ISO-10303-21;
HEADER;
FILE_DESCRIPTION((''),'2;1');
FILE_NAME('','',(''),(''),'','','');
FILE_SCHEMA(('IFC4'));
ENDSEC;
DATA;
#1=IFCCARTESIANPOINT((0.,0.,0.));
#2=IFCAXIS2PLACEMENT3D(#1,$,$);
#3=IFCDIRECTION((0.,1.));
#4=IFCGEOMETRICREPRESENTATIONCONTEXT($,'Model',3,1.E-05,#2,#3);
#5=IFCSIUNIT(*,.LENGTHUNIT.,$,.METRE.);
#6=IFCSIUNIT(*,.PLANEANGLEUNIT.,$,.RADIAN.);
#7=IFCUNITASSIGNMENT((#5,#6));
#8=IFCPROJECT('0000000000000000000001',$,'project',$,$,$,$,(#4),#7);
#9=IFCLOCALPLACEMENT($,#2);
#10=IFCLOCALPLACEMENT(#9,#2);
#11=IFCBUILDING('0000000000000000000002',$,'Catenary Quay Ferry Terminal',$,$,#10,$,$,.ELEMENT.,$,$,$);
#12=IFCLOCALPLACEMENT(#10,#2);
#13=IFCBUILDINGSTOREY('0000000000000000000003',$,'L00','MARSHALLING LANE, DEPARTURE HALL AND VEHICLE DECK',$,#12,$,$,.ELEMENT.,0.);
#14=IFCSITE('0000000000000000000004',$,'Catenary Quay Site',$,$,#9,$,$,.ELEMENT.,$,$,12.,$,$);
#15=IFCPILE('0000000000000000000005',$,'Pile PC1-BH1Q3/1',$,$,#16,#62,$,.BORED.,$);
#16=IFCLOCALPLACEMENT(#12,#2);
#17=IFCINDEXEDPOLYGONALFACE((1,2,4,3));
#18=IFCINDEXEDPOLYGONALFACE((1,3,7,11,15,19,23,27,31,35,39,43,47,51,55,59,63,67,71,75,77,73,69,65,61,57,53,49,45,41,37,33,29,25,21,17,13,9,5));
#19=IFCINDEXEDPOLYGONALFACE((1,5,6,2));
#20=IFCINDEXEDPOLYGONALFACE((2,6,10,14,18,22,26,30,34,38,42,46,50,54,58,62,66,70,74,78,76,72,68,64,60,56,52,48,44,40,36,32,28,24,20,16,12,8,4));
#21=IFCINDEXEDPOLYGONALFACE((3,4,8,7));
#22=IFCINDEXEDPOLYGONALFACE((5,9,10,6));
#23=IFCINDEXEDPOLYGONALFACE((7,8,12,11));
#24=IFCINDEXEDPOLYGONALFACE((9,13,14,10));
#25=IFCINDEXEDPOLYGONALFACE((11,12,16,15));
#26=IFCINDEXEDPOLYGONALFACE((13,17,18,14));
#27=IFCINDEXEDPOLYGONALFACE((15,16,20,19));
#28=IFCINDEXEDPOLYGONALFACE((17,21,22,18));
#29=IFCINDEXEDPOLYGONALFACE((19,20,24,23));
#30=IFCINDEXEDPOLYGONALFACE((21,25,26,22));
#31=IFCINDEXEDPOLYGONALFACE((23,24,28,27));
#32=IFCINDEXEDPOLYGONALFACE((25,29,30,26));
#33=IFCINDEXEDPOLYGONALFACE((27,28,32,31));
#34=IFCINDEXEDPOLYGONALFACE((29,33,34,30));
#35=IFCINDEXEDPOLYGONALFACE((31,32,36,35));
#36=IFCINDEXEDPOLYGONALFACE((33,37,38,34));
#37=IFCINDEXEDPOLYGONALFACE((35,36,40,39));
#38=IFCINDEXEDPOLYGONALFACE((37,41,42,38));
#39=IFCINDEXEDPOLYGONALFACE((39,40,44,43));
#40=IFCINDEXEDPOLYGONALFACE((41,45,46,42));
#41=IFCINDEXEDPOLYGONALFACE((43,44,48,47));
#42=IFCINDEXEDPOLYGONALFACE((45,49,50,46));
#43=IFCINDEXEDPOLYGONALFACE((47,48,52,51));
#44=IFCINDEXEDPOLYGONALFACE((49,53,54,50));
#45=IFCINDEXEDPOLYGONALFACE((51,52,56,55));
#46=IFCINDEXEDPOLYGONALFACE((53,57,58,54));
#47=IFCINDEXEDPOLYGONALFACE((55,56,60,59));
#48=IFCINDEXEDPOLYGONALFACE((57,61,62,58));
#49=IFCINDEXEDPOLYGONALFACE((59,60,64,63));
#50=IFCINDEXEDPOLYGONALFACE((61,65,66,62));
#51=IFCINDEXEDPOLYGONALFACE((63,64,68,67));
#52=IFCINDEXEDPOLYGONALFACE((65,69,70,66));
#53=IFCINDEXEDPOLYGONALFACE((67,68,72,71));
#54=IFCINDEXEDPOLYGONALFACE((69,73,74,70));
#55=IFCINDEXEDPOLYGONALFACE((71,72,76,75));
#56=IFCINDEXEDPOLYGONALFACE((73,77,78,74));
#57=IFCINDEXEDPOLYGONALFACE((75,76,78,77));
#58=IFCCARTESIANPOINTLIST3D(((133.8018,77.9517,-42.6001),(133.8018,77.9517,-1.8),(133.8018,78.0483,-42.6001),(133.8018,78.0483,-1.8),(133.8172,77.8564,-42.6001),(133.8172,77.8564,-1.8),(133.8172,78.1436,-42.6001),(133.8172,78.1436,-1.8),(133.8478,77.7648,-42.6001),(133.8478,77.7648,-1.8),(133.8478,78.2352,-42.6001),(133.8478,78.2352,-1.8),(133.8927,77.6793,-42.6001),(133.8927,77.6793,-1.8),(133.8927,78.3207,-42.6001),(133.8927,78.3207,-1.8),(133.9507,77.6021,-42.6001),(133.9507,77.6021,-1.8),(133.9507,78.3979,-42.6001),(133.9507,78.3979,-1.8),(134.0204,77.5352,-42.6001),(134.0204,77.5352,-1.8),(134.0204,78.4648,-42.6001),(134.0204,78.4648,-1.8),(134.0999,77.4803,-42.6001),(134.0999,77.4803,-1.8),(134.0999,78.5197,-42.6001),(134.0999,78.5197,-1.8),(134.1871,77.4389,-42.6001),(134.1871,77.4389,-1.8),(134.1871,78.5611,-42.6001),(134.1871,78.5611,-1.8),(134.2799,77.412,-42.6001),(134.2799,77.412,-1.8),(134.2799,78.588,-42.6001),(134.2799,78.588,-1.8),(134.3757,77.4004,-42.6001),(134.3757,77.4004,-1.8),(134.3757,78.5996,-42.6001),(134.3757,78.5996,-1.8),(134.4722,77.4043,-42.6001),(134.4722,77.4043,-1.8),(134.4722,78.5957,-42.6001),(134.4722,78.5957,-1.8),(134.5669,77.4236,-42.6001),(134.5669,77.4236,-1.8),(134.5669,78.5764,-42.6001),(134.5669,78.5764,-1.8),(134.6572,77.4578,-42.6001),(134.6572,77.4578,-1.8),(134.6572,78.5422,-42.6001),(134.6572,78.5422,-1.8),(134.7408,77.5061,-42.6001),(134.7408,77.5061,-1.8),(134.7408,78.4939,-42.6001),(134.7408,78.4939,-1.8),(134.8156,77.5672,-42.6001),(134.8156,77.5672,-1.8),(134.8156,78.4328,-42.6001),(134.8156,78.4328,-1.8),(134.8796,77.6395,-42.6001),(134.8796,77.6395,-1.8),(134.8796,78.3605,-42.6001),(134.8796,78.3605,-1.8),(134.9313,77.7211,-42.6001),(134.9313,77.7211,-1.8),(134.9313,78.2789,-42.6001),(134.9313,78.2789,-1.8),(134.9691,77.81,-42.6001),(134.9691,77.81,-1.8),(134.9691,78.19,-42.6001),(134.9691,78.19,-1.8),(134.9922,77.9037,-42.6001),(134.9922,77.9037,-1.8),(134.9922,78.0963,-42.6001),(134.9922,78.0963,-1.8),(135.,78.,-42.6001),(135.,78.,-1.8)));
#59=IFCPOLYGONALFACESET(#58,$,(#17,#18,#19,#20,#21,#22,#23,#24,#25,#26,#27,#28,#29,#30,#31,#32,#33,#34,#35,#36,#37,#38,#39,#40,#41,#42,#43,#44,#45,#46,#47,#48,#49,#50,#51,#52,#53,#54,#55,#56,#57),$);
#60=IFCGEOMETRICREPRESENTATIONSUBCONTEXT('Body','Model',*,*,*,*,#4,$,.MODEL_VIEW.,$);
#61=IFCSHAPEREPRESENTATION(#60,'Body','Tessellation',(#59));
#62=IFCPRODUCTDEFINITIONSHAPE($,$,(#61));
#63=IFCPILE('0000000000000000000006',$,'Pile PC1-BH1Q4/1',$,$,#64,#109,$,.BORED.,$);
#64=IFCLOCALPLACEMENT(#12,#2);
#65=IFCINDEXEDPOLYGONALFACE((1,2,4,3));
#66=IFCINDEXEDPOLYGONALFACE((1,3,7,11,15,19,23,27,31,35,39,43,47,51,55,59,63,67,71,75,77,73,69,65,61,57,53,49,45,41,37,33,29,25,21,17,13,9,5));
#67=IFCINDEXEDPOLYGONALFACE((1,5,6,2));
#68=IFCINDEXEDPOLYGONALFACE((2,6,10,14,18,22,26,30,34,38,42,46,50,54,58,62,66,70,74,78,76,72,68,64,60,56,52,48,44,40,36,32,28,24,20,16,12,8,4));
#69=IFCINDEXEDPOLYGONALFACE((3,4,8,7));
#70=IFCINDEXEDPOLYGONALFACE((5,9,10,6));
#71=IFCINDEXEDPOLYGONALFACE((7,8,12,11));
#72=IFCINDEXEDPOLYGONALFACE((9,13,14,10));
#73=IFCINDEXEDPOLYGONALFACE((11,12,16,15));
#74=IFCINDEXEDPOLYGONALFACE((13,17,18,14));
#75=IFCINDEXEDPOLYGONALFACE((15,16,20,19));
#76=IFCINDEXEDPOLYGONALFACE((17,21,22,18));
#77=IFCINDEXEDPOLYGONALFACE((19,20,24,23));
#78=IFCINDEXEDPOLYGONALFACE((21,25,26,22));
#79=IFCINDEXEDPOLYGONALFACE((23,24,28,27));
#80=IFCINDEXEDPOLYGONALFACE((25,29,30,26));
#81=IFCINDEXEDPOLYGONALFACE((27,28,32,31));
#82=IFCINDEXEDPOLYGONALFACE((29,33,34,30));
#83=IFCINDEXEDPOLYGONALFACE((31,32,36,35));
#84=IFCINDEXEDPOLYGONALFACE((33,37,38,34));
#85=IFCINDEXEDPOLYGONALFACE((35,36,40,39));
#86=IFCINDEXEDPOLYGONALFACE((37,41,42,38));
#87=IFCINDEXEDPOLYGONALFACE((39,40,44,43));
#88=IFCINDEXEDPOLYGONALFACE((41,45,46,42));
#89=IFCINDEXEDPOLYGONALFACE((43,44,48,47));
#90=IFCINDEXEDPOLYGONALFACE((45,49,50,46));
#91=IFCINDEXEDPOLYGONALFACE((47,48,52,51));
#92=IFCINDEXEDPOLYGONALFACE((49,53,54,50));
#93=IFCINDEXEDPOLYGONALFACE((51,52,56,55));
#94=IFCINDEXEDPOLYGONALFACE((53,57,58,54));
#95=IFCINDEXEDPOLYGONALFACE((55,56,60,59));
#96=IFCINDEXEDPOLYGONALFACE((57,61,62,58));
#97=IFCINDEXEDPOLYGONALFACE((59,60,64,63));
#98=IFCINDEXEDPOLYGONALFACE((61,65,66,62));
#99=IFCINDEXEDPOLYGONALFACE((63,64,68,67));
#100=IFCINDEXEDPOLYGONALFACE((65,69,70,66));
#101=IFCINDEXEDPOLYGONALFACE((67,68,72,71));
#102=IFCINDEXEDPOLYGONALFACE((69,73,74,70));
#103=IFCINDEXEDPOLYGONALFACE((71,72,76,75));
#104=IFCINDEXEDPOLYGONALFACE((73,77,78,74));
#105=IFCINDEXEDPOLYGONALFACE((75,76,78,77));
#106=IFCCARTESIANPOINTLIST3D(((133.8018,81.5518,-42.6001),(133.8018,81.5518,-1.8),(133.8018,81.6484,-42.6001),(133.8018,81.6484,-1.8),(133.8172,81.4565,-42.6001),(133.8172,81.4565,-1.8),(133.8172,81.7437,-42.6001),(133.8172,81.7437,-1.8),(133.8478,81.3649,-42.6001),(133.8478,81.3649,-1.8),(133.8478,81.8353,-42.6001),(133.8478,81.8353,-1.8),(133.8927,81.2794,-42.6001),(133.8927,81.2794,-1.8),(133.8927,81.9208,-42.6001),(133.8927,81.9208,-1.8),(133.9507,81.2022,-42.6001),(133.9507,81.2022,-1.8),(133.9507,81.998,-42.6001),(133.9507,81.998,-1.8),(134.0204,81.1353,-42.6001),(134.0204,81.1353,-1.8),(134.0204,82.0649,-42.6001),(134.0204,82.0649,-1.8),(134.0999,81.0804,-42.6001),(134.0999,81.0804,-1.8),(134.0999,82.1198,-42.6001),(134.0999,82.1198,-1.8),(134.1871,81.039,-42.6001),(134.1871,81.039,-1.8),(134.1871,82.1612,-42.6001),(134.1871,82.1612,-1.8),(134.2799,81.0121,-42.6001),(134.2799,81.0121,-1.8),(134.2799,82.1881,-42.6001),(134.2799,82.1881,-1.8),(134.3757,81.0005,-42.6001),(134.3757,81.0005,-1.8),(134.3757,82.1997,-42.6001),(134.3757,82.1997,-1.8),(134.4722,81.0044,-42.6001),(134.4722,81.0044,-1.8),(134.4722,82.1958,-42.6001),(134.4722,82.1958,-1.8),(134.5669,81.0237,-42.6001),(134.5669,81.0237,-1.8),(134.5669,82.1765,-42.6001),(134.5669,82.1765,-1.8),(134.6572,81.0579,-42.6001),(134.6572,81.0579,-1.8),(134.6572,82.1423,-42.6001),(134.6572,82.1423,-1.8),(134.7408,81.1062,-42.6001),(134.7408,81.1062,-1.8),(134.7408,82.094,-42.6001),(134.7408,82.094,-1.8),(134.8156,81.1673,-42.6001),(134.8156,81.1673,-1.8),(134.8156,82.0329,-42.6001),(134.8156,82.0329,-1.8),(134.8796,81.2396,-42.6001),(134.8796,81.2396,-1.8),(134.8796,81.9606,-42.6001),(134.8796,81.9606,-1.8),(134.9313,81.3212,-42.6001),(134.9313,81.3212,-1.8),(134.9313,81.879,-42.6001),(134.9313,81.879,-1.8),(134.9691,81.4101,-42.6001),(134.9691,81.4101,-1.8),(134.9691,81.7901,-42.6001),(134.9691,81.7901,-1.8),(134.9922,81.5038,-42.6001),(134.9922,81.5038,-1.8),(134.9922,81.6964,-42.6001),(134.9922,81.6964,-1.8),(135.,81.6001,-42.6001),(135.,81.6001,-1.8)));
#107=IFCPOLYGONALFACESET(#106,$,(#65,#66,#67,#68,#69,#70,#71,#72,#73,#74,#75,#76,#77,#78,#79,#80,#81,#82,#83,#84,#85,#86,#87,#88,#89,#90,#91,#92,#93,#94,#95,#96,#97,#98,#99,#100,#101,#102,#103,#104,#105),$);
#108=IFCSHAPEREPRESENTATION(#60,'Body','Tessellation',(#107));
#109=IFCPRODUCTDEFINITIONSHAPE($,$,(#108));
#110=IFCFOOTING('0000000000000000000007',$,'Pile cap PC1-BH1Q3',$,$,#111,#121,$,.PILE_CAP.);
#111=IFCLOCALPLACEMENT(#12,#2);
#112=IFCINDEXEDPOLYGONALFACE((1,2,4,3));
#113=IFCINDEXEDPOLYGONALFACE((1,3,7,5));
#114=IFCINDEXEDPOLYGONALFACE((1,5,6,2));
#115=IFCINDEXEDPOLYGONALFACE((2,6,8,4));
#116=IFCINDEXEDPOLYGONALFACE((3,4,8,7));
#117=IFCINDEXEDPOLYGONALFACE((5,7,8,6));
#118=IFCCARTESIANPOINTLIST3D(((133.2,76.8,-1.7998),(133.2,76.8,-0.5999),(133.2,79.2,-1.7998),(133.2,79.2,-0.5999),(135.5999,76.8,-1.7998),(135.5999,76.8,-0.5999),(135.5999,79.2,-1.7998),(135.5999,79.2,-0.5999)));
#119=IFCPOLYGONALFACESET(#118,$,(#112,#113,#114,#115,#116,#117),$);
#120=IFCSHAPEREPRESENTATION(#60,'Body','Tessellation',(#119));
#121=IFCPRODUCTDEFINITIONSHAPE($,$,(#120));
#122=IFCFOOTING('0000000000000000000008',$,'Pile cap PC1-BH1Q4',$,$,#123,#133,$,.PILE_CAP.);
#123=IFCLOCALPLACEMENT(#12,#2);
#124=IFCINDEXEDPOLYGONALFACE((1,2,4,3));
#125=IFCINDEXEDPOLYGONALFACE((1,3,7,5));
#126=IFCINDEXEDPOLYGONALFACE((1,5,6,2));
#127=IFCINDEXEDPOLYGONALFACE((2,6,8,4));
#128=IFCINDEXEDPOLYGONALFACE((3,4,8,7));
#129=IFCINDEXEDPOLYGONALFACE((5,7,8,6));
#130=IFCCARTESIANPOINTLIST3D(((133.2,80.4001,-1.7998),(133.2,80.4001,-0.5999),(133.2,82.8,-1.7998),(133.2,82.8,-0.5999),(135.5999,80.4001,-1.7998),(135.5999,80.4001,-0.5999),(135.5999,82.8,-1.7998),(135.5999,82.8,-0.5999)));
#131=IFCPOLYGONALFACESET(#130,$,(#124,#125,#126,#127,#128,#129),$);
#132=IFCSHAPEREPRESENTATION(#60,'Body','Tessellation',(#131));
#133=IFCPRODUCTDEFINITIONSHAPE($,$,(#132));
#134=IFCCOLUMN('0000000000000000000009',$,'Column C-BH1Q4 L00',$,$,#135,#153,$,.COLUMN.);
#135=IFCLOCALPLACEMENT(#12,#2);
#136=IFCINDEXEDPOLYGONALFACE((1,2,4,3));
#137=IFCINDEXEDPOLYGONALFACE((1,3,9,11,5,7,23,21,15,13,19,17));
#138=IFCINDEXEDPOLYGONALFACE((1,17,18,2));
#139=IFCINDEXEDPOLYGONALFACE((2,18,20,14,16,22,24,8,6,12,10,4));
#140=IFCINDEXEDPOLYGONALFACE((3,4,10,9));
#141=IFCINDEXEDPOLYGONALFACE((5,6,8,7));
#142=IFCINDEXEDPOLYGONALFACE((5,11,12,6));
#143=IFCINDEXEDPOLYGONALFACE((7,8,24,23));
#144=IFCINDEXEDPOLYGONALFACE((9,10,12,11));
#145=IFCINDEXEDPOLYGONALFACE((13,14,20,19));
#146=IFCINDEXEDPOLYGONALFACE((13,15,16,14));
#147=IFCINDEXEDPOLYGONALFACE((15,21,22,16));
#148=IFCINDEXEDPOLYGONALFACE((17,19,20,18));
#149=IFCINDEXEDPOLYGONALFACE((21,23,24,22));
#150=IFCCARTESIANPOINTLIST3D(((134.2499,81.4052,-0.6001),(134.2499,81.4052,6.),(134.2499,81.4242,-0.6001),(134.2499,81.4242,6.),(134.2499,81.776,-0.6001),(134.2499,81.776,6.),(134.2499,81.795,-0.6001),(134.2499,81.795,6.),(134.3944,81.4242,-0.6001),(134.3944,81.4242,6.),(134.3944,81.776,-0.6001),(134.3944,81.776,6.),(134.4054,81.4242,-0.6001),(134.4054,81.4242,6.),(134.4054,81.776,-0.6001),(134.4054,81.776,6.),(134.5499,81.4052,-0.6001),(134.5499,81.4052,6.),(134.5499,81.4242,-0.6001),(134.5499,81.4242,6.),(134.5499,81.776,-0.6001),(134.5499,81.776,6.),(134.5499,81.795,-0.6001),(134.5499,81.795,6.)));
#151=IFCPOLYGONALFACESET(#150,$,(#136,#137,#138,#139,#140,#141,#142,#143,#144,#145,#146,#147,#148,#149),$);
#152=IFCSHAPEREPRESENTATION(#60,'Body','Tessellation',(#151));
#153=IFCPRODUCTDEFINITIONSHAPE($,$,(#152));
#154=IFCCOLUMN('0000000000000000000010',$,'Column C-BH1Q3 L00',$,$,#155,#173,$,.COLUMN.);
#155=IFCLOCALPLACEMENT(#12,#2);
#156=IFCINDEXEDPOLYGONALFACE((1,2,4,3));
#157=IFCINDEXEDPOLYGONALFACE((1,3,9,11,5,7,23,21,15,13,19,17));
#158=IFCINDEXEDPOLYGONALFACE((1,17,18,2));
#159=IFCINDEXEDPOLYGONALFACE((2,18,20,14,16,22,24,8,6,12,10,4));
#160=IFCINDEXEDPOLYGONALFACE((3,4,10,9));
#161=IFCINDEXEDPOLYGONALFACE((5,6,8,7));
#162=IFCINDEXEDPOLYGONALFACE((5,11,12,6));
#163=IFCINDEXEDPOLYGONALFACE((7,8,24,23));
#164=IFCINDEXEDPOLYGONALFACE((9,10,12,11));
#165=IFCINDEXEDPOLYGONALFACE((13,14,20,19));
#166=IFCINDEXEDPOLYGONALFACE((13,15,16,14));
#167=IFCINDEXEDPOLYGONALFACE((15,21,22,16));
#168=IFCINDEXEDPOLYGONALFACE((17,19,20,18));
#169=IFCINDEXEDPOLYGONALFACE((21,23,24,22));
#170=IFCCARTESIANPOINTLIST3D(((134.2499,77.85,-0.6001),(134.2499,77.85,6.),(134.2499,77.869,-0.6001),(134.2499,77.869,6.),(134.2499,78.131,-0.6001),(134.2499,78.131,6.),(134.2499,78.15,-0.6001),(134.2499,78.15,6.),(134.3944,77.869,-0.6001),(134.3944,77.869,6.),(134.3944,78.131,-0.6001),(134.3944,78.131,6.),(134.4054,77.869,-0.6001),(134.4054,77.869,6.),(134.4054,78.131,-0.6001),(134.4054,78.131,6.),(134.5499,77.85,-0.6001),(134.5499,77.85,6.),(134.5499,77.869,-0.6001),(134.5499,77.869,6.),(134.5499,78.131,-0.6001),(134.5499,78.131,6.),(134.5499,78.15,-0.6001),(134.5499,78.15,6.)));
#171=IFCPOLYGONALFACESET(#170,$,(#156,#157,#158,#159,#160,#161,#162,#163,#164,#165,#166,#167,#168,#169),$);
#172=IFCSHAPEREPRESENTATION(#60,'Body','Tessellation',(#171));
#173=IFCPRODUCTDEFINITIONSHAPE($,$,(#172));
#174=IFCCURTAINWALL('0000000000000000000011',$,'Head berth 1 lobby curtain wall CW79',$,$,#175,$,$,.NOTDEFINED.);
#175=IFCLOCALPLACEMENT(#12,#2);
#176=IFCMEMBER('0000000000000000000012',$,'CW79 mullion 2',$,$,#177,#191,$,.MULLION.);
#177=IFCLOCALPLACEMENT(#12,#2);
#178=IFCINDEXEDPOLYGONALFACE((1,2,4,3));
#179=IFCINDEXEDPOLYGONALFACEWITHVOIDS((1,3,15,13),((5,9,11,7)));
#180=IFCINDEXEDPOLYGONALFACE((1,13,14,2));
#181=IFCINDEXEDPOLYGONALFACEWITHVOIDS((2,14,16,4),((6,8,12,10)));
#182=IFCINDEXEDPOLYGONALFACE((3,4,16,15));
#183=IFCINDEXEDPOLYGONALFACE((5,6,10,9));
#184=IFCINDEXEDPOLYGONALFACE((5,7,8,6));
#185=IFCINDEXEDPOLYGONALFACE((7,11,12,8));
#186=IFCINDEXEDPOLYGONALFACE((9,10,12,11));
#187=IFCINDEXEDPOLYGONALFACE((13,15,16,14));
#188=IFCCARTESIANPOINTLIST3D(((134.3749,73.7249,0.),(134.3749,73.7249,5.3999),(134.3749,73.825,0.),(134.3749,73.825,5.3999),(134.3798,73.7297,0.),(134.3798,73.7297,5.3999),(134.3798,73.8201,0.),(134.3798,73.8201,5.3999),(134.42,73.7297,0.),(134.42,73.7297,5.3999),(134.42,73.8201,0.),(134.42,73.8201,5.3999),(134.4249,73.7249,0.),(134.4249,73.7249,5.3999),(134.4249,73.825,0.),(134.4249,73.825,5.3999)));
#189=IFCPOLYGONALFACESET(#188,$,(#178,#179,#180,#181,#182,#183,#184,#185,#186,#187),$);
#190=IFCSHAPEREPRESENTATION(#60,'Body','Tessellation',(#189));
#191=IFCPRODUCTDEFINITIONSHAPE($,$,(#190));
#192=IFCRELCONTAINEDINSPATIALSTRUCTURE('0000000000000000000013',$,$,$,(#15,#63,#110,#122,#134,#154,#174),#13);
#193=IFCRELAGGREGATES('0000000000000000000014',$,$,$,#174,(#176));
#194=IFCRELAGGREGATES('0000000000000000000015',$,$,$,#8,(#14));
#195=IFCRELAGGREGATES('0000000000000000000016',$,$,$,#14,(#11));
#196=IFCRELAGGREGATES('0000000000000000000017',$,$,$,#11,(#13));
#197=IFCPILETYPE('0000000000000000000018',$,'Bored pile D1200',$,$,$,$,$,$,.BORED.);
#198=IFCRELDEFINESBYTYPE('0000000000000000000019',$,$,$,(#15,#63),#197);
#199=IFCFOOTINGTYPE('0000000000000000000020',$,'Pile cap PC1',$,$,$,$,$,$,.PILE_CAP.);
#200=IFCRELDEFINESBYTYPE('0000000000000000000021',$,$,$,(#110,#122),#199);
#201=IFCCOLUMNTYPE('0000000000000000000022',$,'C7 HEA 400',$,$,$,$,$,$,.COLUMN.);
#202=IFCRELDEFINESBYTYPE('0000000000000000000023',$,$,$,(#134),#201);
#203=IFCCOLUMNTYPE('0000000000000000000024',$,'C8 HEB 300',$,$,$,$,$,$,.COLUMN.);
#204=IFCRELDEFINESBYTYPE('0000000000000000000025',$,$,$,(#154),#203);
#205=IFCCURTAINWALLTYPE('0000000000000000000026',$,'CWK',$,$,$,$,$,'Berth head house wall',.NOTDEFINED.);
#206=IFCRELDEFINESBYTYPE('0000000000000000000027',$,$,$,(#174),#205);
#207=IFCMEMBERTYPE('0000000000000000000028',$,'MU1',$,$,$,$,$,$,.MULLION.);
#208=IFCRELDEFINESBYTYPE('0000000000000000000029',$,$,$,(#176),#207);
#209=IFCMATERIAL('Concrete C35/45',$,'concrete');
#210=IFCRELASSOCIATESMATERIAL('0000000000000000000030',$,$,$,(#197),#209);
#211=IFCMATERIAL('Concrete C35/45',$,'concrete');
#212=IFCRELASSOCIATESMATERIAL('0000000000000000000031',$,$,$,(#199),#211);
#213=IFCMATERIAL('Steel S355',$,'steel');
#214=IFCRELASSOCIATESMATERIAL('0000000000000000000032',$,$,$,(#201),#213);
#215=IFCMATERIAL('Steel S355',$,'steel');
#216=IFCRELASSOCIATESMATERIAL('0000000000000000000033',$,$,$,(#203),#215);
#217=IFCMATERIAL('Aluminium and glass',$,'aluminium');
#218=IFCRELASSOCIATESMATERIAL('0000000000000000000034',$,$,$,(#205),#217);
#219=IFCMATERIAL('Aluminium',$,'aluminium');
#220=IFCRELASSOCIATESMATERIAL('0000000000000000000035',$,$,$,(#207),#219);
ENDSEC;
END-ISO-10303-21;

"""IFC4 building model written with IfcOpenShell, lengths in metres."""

from ifc_helpers import new_model, si_unit, direction, frame, origin, origin_2d, place, context, subcontext, project, spatial, rectangle, hollow_rectangle, circle, i_section, extrude, material, material_profile, profile_set, type_object, element, aggregate, save


model = new_model("IFC4")

# Units and contexts
model_context = context("Model", 3, precision=1e-05, world=origin(), true_north=direction((0.0, 1.0)))
body_context = subcontext(model_context, "Body", "Model", "MODEL_VIEW")
ifc_project = project(units=[si_unit("LENGTHUNIT", "METRE"), si_unit("PLANEANGLEUNIT", "RADIAN")], contexts=[model_context])

# Site, building, storey
site_placement = place(None, origin())
site = spatial("IfcSite", under=ifc_project, at=site_placement, Name="Catenary Quay Site", CompositionType="ELEMENT", RefElevation=12.0)
building_placement = place(site_placement, origin())
building = spatial("IfcBuilding", under=site, at=building_placement, Name="Catenary Quay Ferry Terminal", CompositionType="ELEMENT")
storey_placement = place(building_placement, origin())
storey = spatial("IfcBuildingStorey", under=building, at=storey_placement, Name="L00", Description="MARSHALLING LANE, DEPARTURE HALL AND VEHICLE DECK", CompositionType="ELEMENT", Elevation=0.0)

# Piles
ifc_material_1 = material(Name="Concrete C35/45", Category="concrete")
ifc_material_profile_1 = material_profile(ifc_material_1, circle(Radius=0.6001, at=origin_2d()), Name="D1200")
ifc_profile_set_1 = profile_set([ifc_material_profile_1], Name="Concrete C35/45")
pile_type = type_object("IfcPileType", Name="Bored pile D1200", PredefinedType="BORED", material=ifc_profile_set_1)
for number, where, z_axis, x_axis, name in (
    (1, (134.3999, 78.0, -1.8), (0.0, 0.0, -1.0), (1.0, 0.0, 0.0), "Pile PC1-BH1Q3/1"),
    (2, (134.3999, 81.6001, -1.8), (0.0, 0.0, -1.0), (1.0, 0.0, 0.0), "Pile PC1-BH1Q4/1"),
):
    element("IfcPile", number, at=place(storey_placement, frame(where, z_axis=z_axis, x_axis=x_axis)), inside=storey, type_object=pile_type, Name=name, PredefinedType="BORED", context=body_context, shape_type="SweptSolid", body=[
        extrude(circle(Radius=0.6001, at=origin_2d()), origin(), (0.0, 0.0, 1.0), 40.8),
    ])

# Footings
ifc_material_2 = material(Name="Concrete C35/45", Category="concrete")
footing_type = type_object("IfcFootingType", Name="Pile cap PC1", PredefinedType="PILE_CAP", material=ifc_material_2)
for number, where, z_axis, x_axis, name in (
    (3, (134.3999, 78.0, -1.7998), (0.0, 0.0, 1.0), (1.0, 0.0, 0.0), "Pile cap PC1-BH1Q3"),
    (4, (134.3999, 81.6001, -1.7998), (0.0, 0.0, 1.0), (1.0, 0.0, 0.0), "Pile cap PC1-BH1Q4"),
):
    element("IfcFooting", number, at=place(storey_placement, frame(where, z_axis=z_axis, x_axis=x_axis)), inside=storey, type_object=footing_type, Name=name, PredefinedType="PILE_CAP", context=body_context, shape_type="SweptSolid", body=[
        extrude(rectangle(XDim=2.3999, YDim=2.3999, at=origin_2d()), origin(), (0.0, 0.0, 1.0), 1.2),
    ])

# Columns
ifc_material_3 = material(Name="Steel S355", Category="steel")
ifc_material_profile_2 = material_profile(ifc_material_3, i_section(OverallWidth=0.3, OverallDepth=0.3899, WebThickness=0.011, FlangeThickness=0.019, at=origin_2d()), Name="HEA 400")
ifc_profile_set_2 = profile_set([ifc_material_profile_2], Name="Steel S355")
column_type_1 = type_object("IfcColumnType", Name="C7 HEA 400", PredefinedType="COLUMN", material=ifc_profile_set_2)
column_1_placement = place(storey_placement, frame((134.3999, 81.6001, -0.6001), z_axis=(0.0, 0.0, 1.0), x_axis=(1.0, 0.0, 0.0)))
element("IfcColumn", 5, at=column_1_placement, inside=storey, type_object=column_type_1, Name="Column C-BH1Q4 L00", PredefinedType="COLUMN", context=body_context, shape_type="SweptSolid", body=[
    extrude(i_section(OverallWidth=0.3, OverallDepth=0.3899, WebThickness=0.011, FlangeThickness=0.019, at=origin_2d()), origin(), (0.0, 0.0, 1.0), 6.6001),
])
ifc_material_4 = material(Name="Steel S355", Category="steel")
ifc_material_profile_3 = material_profile(ifc_material_4, i_section(OverallWidth=0.3, OverallDepth=0.3, WebThickness=0.011, FlangeThickness=0.019, at=origin_2d()), Name="HEB 300")
ifc_profile_set_3 = profile_set([ifc_material_profile_3], Name="Steel S355")
column_type_2 = type_object("IfcColumnType", Name="C8 HEB 300", PredefinedType="COLUMN", material=ifc_profile_set_3)
column_2_placement = place(storey_placement, frame((134.3999, 78.0, -0.6001), z_axis=(0.0, 0.0, 1.0), x_axis=(1.0, 0.0, 0.0)))
element("IfcColumn", 6, at=column_2_placement, inside=storey, type_object=column_type_2, Name="Column C-BH1Q3 L00", PredefinedType="COLUMN", context=body_context, shape_type="SweptSolid", body=[
    extrude(i_section(OverallWidth=0.3, OverallDepth=0.3, WebThickness=0.011, FlangeThickness=0.019, at=origin_2d()), origin(), (0.0, 0.0, 1.0), 6.6001),
])

# Curtain wall, member
ifc_material_5 = material(Name="Aluminium and glass", Category="aluminium")
curtain_wall_type = type_object("IfcCurtainWallType", Name="CWK", ElementType="Berth head house wall", PredefinedType="NOTDEFINED", material=ifc_material_5)
curtain_wall_1_placement = place(storey_placement, origin())
curtain_wall_1 = element("IfcCurtainWall", 7, at=curtain_wall_1_placement, inside=storey, type_object=curtain_wall_type, Name="Head berth 1 lobby curtain wall CW79", PredefinedType="NOTDEFINED")
ifc_material_6 = material(Name="Aluminium", Category="aluminium")
ifc_material_profile_4 = material_profile(ifc_material_6, hollow_rectangle(XDim=0.05, YDim=0.1001, WallThickness=0.0049, at=origin_2d()), Name="MU1")
ifc_profile_set_4 = profile_set([ifc_material_profile_4], Name="Aluminium")
member_type_1 = type_object("IfcMemberType", Name="MU1", PredefinedType="MULLION", material=ifc_profile_set_4)
member_1_placement = place(storey_placement, frame((134.3999, 73.7749, 0.0), z_axis=(0.0, 0.0, 1.0), x_axis=(-1.0, 0.0, 0.0)))
member_1 = element("IfcMember", 8, at=member_1_placement, type_object=member_type_1, Name="CW79 mullion 2", PredefinedType="MULLION", context=body_context, shape_type="SweptSolid", body=[
    extrude(hollow_rectangle(XDim=0.05, YDim=0.1001, WallThickness=0.0049, at=origin_2d()), origin(), (0.0, 0.0, 1.0), 5.3999),
])

aggregate(curtain_wall_1, [member_1])

save(model, "model.ifc")
